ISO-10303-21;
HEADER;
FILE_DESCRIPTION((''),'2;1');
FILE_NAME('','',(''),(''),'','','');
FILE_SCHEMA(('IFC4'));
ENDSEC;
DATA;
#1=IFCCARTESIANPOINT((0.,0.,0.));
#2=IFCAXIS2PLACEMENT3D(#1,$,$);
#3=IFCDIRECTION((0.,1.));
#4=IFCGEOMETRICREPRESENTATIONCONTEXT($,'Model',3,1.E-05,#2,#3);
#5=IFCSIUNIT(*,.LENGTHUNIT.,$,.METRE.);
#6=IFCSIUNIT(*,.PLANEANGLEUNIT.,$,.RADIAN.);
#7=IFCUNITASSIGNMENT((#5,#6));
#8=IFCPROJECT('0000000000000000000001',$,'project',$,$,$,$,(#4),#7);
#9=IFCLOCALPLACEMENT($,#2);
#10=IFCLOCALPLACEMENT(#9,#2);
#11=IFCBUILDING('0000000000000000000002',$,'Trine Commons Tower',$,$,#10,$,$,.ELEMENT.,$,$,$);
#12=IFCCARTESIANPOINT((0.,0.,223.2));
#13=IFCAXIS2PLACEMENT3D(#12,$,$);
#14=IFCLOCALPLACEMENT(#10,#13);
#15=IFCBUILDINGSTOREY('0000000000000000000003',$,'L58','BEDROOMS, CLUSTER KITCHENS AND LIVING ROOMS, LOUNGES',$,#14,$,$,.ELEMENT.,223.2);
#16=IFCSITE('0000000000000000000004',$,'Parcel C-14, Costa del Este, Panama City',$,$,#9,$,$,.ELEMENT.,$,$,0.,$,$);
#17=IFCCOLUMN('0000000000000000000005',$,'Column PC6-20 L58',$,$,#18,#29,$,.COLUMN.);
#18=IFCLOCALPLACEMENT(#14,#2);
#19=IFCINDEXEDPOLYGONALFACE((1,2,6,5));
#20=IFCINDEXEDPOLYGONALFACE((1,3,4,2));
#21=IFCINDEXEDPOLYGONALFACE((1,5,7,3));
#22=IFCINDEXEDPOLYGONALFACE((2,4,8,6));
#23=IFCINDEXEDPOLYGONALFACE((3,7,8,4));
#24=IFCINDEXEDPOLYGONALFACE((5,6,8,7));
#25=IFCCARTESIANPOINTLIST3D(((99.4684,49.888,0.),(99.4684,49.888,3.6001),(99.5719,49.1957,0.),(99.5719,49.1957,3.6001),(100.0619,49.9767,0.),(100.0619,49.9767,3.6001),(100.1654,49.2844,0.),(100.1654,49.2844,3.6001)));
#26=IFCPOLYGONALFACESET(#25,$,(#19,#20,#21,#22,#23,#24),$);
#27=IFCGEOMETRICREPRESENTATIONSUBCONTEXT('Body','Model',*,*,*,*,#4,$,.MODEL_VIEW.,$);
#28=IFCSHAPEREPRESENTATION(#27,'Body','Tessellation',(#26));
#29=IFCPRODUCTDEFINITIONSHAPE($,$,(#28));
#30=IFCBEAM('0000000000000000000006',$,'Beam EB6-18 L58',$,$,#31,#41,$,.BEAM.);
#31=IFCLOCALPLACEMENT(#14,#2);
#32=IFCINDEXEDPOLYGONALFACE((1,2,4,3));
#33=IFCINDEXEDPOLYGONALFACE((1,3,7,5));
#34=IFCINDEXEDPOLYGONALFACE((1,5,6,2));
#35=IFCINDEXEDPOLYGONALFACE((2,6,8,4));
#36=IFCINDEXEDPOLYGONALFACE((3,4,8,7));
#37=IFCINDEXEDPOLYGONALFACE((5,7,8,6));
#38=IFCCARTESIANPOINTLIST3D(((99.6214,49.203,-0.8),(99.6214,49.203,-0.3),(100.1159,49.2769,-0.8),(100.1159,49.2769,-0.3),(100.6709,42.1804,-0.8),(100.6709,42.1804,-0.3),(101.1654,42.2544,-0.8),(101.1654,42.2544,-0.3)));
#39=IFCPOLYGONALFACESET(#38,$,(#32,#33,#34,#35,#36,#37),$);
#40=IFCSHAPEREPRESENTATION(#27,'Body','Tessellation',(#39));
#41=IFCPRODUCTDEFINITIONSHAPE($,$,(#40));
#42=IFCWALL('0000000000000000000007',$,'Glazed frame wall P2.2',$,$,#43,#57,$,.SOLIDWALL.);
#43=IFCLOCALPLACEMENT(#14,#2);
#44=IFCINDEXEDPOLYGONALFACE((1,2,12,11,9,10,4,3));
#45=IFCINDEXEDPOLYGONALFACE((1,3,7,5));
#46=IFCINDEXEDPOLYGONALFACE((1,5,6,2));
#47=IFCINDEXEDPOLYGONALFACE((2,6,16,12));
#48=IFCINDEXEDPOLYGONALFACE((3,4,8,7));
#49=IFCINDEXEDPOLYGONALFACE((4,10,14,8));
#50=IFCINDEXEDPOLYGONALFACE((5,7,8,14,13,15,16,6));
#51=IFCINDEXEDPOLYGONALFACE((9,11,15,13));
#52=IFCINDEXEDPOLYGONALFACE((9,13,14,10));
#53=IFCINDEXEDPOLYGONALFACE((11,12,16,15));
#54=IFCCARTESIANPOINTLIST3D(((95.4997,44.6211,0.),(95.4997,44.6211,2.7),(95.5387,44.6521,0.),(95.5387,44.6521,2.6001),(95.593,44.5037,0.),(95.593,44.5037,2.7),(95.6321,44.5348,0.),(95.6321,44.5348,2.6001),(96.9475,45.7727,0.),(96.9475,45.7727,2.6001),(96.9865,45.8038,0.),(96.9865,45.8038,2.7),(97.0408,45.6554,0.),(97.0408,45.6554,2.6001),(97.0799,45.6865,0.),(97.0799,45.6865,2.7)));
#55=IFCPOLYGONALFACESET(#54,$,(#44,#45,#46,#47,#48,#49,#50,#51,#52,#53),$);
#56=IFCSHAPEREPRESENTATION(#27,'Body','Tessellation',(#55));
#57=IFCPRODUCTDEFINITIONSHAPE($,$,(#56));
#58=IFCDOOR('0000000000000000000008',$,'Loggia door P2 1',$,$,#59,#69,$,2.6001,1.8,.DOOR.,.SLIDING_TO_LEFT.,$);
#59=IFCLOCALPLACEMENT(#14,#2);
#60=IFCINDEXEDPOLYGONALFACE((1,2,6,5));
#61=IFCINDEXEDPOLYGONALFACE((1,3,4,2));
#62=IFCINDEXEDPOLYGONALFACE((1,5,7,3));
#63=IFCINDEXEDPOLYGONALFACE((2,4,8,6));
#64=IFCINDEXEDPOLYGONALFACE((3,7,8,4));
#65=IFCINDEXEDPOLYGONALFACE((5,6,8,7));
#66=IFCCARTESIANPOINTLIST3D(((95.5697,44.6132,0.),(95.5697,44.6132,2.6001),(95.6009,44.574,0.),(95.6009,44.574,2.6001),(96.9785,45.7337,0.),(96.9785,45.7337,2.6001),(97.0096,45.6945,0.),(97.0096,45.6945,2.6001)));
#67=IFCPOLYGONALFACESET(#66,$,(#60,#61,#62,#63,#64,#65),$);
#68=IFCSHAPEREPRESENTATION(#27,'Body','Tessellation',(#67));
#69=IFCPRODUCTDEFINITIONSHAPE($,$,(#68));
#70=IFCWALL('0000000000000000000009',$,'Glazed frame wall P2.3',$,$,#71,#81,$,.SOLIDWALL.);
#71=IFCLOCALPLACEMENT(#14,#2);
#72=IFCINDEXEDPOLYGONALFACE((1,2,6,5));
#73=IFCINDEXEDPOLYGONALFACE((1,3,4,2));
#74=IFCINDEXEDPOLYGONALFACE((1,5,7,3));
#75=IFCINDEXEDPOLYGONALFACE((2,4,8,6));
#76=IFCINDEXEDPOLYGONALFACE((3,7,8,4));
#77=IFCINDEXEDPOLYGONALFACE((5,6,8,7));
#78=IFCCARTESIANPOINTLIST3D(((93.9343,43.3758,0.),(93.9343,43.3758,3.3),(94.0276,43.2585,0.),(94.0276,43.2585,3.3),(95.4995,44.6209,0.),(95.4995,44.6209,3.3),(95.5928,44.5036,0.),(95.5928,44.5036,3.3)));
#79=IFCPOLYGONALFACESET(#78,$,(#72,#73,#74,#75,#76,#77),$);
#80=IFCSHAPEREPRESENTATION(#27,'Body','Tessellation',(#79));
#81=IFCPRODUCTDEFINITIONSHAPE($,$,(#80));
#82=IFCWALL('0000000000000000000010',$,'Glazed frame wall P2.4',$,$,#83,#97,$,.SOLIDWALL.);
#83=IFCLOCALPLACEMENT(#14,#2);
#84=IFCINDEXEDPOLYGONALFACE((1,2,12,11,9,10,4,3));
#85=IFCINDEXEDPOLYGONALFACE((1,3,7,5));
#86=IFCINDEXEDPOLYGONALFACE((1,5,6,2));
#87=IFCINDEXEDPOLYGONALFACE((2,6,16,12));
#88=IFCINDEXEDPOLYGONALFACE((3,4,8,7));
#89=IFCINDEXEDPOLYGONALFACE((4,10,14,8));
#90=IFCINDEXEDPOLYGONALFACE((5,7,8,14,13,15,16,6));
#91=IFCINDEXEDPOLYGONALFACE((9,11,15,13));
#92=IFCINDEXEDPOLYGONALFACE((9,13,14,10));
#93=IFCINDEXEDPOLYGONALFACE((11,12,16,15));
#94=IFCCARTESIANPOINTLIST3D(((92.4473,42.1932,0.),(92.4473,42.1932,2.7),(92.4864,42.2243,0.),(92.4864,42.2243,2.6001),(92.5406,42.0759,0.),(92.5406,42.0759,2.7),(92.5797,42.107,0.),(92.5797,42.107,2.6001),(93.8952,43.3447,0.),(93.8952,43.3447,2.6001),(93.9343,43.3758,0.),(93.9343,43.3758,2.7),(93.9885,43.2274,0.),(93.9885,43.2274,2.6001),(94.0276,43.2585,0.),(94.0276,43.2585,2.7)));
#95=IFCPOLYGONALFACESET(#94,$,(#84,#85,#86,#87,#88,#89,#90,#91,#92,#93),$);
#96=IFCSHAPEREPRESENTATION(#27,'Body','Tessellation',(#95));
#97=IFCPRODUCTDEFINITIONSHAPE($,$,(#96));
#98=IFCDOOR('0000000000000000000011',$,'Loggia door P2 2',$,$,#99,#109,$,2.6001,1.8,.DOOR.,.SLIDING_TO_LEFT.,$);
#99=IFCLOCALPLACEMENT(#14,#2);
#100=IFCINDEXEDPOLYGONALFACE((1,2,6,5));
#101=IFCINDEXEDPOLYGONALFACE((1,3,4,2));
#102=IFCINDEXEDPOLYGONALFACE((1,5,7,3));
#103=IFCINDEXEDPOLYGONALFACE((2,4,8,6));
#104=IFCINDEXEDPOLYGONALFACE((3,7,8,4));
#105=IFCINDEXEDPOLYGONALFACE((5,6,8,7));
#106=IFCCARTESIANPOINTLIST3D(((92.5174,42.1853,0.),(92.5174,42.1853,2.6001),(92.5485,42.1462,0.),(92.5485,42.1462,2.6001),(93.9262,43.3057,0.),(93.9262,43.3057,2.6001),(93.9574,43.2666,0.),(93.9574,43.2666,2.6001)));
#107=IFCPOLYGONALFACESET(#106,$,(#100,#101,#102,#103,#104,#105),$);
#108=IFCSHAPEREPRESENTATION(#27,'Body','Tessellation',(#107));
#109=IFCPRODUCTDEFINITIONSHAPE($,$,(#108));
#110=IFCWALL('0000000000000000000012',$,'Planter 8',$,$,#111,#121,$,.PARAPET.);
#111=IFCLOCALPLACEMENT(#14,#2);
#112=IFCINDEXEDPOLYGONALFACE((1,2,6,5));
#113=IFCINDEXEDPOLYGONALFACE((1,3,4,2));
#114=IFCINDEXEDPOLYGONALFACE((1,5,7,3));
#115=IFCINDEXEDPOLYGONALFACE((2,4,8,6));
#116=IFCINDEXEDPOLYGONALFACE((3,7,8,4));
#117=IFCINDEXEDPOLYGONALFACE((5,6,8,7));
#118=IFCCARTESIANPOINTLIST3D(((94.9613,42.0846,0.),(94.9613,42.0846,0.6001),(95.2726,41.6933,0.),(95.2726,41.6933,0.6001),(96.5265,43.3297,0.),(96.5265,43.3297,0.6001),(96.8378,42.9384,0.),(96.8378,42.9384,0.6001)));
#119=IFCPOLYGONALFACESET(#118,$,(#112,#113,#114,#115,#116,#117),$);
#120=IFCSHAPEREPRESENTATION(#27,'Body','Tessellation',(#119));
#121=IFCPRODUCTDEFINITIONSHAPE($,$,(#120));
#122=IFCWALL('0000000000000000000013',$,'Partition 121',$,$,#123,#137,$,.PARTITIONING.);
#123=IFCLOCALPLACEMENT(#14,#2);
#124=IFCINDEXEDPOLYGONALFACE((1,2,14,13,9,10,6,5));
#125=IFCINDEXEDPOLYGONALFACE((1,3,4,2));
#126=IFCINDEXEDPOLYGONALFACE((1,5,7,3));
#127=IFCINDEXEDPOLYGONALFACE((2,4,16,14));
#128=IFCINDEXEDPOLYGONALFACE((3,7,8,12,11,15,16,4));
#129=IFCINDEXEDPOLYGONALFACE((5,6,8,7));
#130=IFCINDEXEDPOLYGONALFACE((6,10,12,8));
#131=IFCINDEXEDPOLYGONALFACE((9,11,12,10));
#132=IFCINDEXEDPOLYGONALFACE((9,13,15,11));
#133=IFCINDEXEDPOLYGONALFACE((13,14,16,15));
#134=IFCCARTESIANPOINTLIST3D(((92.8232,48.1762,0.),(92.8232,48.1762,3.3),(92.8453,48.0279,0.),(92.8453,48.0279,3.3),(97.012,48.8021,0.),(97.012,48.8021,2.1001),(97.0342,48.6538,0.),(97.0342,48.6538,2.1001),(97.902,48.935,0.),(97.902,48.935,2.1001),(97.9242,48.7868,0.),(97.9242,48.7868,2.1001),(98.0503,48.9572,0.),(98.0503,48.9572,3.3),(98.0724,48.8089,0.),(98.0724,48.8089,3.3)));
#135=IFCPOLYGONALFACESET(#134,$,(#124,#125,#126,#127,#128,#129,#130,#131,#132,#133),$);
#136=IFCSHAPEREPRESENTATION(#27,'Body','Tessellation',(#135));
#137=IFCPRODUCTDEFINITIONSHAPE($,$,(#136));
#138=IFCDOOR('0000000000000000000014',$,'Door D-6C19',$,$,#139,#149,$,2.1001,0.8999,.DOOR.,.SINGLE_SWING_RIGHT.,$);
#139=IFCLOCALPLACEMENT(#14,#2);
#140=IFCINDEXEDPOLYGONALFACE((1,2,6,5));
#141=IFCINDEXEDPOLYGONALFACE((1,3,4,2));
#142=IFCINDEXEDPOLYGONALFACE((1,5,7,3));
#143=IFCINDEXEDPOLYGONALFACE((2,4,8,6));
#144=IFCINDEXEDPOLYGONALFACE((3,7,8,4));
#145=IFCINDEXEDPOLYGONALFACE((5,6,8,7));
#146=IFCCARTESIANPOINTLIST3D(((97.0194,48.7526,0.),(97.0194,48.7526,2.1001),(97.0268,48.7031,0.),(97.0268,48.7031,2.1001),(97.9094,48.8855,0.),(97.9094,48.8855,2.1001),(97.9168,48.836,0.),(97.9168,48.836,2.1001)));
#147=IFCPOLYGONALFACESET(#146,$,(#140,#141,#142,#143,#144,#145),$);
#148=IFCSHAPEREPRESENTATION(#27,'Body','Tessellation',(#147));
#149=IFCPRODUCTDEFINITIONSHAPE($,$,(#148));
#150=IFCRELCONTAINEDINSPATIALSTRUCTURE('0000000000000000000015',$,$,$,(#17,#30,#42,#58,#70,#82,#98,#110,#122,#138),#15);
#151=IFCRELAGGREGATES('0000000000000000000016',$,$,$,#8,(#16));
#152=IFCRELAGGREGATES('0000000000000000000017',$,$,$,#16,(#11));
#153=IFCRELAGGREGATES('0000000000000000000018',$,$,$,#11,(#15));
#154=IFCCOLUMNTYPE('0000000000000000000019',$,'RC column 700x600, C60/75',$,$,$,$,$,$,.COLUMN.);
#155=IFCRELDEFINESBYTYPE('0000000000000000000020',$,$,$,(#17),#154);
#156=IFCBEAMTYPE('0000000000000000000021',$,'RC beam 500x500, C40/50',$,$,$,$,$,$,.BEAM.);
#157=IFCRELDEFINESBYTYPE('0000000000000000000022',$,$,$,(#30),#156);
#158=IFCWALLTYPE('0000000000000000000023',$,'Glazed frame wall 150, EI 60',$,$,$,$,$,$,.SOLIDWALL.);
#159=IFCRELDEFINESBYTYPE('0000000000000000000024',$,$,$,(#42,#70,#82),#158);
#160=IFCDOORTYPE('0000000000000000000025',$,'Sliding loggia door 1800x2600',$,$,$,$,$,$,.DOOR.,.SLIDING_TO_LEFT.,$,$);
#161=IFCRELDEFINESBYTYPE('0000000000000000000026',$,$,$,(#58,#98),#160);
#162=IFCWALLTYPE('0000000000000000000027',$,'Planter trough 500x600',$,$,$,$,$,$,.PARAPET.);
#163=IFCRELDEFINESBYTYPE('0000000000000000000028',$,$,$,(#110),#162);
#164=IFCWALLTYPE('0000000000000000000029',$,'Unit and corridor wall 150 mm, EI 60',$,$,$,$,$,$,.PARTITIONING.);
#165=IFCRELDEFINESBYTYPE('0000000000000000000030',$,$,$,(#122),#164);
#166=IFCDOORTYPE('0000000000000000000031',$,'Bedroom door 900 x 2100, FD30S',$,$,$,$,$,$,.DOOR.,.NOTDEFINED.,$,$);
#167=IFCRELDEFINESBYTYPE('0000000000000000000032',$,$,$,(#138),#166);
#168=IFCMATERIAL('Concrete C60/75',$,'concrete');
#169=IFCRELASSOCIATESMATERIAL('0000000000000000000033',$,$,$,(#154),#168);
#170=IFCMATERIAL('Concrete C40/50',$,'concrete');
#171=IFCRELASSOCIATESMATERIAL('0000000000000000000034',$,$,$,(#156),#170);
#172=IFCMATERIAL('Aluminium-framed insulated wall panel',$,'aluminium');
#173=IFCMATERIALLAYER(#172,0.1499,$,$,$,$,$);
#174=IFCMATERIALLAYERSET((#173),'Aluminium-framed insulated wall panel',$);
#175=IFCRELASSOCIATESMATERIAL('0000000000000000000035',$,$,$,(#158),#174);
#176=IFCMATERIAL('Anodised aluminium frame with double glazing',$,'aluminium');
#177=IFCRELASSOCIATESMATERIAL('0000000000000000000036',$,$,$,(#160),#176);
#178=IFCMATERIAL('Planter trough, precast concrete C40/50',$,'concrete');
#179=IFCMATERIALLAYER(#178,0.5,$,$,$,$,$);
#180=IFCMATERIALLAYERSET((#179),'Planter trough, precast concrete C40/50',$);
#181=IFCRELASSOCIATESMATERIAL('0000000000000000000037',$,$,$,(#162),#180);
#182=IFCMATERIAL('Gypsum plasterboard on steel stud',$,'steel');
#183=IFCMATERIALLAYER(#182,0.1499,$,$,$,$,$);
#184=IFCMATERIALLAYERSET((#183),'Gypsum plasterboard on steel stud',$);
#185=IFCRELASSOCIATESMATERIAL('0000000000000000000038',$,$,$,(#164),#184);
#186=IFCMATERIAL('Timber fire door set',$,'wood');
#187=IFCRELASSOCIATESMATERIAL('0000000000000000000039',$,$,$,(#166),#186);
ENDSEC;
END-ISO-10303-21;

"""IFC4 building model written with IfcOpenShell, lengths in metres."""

from ifc_helpers import new_model, si_unit, direction, frame, frame_2d, origin, origin_2d, place, context, subcontext, project, spatial, polyline, rectangle, outline, extrude, material, layer, layer_set, material_profile, profile_set, type_object, element, fill, save


model = new_model("IFC4")

# Units and contexts
model_context = context("Model", 3, precision=1e-05, world=origin(), true_north=direction((0.0, 1.0)))
body_context = subcontext(model_context, "Body", "Model", "MODEL_VIEW")
ifc_project = project(units=[si_unit("LENGTHUNIT", "METRE"), si_unit("PLANEANGLEUNIT", "RADIAN")], contexts=[model_context])

# Site, building, storey
site_placement = place(None, origin())
site = spatial("IfcSite", under=ifc_project, at=site_placement, Name="Parcel C-14, Costa del Este, Panama City", CompositionType="ELEMENT", RefElevation=0.0)
building_placement = place(site_placement, origin())
building = spatial("IfcBuilding", under=site, at=building_placement, Name="Trine Commons Tower", CompositionType="ELEMENT")
storey_placement = place(building_placement, frame((0.0, 0.0, 223.2)))
storey = spatial("IfcBuildingStorey", under=building, at=storey_placement, Name="L58", Description="BEDROOMS, CLUSTER KITCHENS AND LIVING ROOMS, LOUNGES", CompositionType="ELEMENT", Elevation=223.2)

# Column
ifc_material_1 = material(Name="Concrete C60/75", Category="concrete")
ifc_material_profile_1 = material_profile(ifc_material_1, rectangle(XDim=0.7, YDim=0.6001, at=origin_2d()), Name="RC 700x600")
ifc_profile_set_1 = profile_set([ifc_material_profile_1], Name="Concrete C60/75")
column_type = type_object("IfcColumnType", Name="RC column 700x600, C60/75", PredefinedType="COLUMN", material=ifc_profile_set_1)
column_placement = place(storey_placement, frame((99.8169, 49.5862, 0.0), z_axis=(0.0, 0.0, 1.0), x_axis=(-0.147809, 0.989016, 0.0)))
element("IfcColumn", 1, at=column_placement, inside=storey, type_object=column_type, Name="Column PC6-20 L58", PredefinedType="COLUMN", context=body_context, shape_type="SweptSolid", body=[
    extrude(rectangle(XDim=0.7, YDim=0.6001, at=origin_2d()), origin(), (0.0, 0.0, 1.0), 3.6001),
])

# Beam
ifc_material_2 = material(Name="Concrete C40/50", Category="concrete")
ifc_material_profile_2 = material_profile(ifc_material_2, rectangle(XDim=0.5, YDim=0.5, at=origin_2d()), Name="RC 500x500")
ifc_profile_set_2 = profile_set([ifc_material_profile_2], Name="Concrete C40/50")
beam_type = type_object("IfcBeamType", Name="RC beam 500x500, C40/50", PredefinedType="BEAM", material=ifc_profile_set_2)
beam_placement = place(storey_placement, frame((99.8687, 49.24, -0.55), z_axis=(0.147811, -0.989016, 0.0), x_axis=(0.989016, 0.147811, 0.0)))
element("IfcBeam", 2, at=beam_placement, inside=storey, type_object=beam_type, Name="Beam EB6-18 L58", PredefinedType="BEAM", context=body_context, shape_type="SweptSolid", body=[
    extrude(rectangle(XDim=0.5, YDim=0.5, at=origin_2d()), origin(), (0.0, 0.0, 1.0), 7.1006),
])

# Shared definitions
ifc_material_3 = material(Name="Aluminium-framed insulated wall panel", Category="aluminium")
ifc_layer_1 = layer(ifc_material_3, 0.1499)
ifc_layer_set_1 = layer_set([ifc_layer_1], Name="Aluminium-framed insulated wall panel")
wall_type_1 = type_object("IfcWallType", Name="Glazed frame wall 150, EI 60", PredefinedType="SOLIDWALL", material=ifc_layer_set_1)

# Wall, opening, door
wall_1_placement = place(storey_placement, frame((97.0332, 45.7451, 0.0), z_axis=(0.0, 0.0, 1.0), x_axis=(-0.782608, -0.622515, 0.0)))
wall_1 = element("IfcWall", 3, at=wall_1_placement, inside=storey, type_object=wall_type_1, Name="Glazed frame wall P2.2", PredefinedType="SOLIDWALL", context=body_context, shape_type="SweptSolid", body=[
    extrude(outline(polyline([(0.0, -0.075), (1.8999, -0.075), (1.8999, 0.075), (0.0, 0.075), (0.0, -0.075)])), origin(), (0.0, 0.0, 1.0), 2.7),
])
opening_1_placement = place(wall_1_placement, frame((0.05, 0.0, 0.0)))
opening_1 = element("IfcOpeningElement", 4, at=opening_1_placement, cuts=wall_1, PredefinedType="OPENING", context=body_context, shape_type="SweptSolid", body=[
    extrude(rectangle(XDim=1.8, YDim=2.6001, at=frame_2d((0.8999, 1.3))), frame((0.0, 0.085, 0.0), z_axis=(0.0, -1.0, 0.0), x_axis=(1.0, 0.0, 0.0)), (0.0, 0.0, 1.0), 0.1699),
])
ifc_material_4 = material(Name="Anodised aluminium frame with double glazing", Category="aluminium")
door_type_1 = type_object("IfcDoorType", Name="Sliding loggia door 1800x2600", OperationType="SLIDING_TO_LEFT", PredefinedType="DOOR", material=ifc_material_4)
door_1_placement = place(opening_1_placement, origin())
door_1 = element("IfcDoor", 5, at=door_1_placement, inside=storey, type_object=door_type_1, Name="Loggia door P2 1", OperationType="SLIDING_TO_LEFT", OverallHeight=2.6001, OverallWidth=1.8, PredefinedType="DOOR", context=body_context, shape_type="SweptSolid", body=[
    extrude(rectangle(XDim=1.8, YDim=2.6001, at=frame_2d((0.8999, 1.3))), frame((0.0, 0.0249, 0.0), z_axis=(0.0, -1.0, 0.0), x_axis=(1.0, 0.0, 0.0)), (0.0, 0.0, 1.0), 0.05),
])
fill(opening_1, door_1)

# Wall
wall_2_placement = place(storey_placement, frame((95.5461, 44.5623, 0.0), z_axis=(0.0, 0.0, 1.0), x_axis=(-0.782581, -0.622549, 0.0)))
element("IfcWall", 6, at=wall_2_placement, inside=storey, type_object=wall_type_1, Name="Glazed frame wall P2.3", PredefinedType="SOLIDWALL", context=body_context, shape_type="SweptSolid", body=[
    extrude(outline(polyline([(0.0, -0.075), (2.0, -0.075), (2.0, 0.075), (0.0, 0.075), (0.0, -0.075)])), origin(), (0.0, 0.0, 1.0), 3.3),
])

# Wall, opening, door
wall_3_placement = place(storey_placement, frame((93.981, 43.3171, 0.0), z_axis=(0.0, 0.0, 1.0), x_axis=(-0.782671, -0.622436, 0.0)))
wall_3 = element("IfcWall", 7, at=wall_3_placement, inside=storey, type_object=wall_type_1, Name="Glazed frame wall P2.4", PredefinedType="SOLIDWALL", context=body_context, shape_type="SweptSolid", body=[
    extrude(outline(polyline([(0.0, -0.075), (1.8999, -0.075), (1.8999, 0.075), (0.0, 0.075), (0.0, -0.075)])), origin(), (0.0, 0.0, 1.0), 2.7),
])
opening_2_placement = place(wall_3_placement, frame((0.05, 0.0, 0.0)))
opening_2 = element("IfcOpeningElement", 8, at=opening_2_placement, cuts=wall_3, PredefinedType="OPENING", context=body_context, shape_type="SweptSolid", body=[
    extrude(rectangle(XDim=1.8, YDim=2.6001, at=frame_2d((0.8999, 1.3))), frame((0.0, 0.085, 0.0), z_axis=(0.0, -1.0, 0.0), x_axis=(1.0, 0.0, 0.0)), (0.0, 0.0, 1.0), 0.1699),
])
door_2_placement = place(opening_2_placement, origin())
door_2 = element("IfcDoor", 9, at=door_2_placement, inside=storey, type_object=door_type_1, Name="Loggia door P2 2", OperationType="SLIDING_TO_LEFT", OverallHeight=2.6001, OverallWidth=1.8, PredefinedType="DOOR", context=body_context, shape_type="SweptSolid", body=[
    extrude(rectangle(XDim=1.8, YDim=2.6001, at=frame_2d((0.8999, 1.3))), frame((0.0, 0.0249, 0.0), z_axis=(0.0, -1.0, 0.0), x_axis=(1.0, 0.0, 0.0)), (0.0, 0.0, 1.0), 0.05),
])
fill(opening_2, door_2)

# Wall
ifc_material_5 = material(Name="Planter trough, precast concrete C40/50", Category="concrete")
ifc_layer_2 = layer(ifc_material_5, 0.5)
ifc_layer_set_2 = layer_set([ifc_layer_2], Name="Planter trough, precast concrete C40/50")
wall_type_2 = type_object("IfcWallType", Name="Planter trough 500x600", PredefinedType="PARAPET", material=ifc_layer_set_2)
wall_4_placement = place(storey_placement, frame((96.6821, 43.134, 0.0), z_axis=(0.0, 0.0, 1.0), x_axis=(-0.782581, -0.622549, 0.0)))
element("IfcWall", 10, at=wall_4_placement, inside=storey, type_object=wall_type_2, Name="Planter 8", PredefinedType="PARAPET", context=body_context, shape_type="SweptSolid", body=[
    extrude(rectangle(XDim=2.0, YDim=0.5, at=frame_2d((1.0, 0.0))), origin(), (0.0, 0.0, 1.0), 0.6001),
])

# Wall, opening, door
ifc_material_6 = material(Name="Gypsum plasterboard on steel stud", Category="steel")
ifc_layer_3 = layer(ifc_material_6, 0.1499)
ifc_layer_set_3 = layer_set([ifc_layer_3], Name="Gypsum plasterboard on steel stud")
wall_type_3 = type_object("IfcWallType", Name="Unit and corridor wall 150 mm, EI 60", PredefinedType="PARTITIONING", material=ifc_layer_set_3)
wall_5_placement = place(storey_placement, frame((92.8342, 48.1021, 0.0), z_axis=(0.0, 0.0, 1.0), x_axis=(0.989021, 0.147776, 0.0)))
wall_5 = element("IfcWall", 11, at=wall_5_placement, inside=storey, type_object=wall_type_3, Name="Partition 121", PredefinedType="PARTITIONING", context=body_context, shape_type="SweptSolid", body=[
    extrude(rectangle(XDim=5.2852, YDim=0.1499, at=frame_2d((2.6426, 0.0))), origin(), (0.0, 0.0, 1.0), 3.3),
])
opening_3_placement = place(wall_5_placement, frame((4.2354, 0.0, 0.0)))
opening_3 = element("IfcOpeningElement", 12, at=opening_3_placement, cuts=wall_5, PredefinedType="OPENING", context=body_context, shape_type="SweptSolid", body=[
    extrude(rectangle(XDim=0.8999, YDim=2.1001, at=frame_2d((0.45, 1.05))), frame((0.0, 0.085, 0.0), z_axis=(0.0, -1.0, 0.0), x_axis=(1.0, 0.0, 0.0)), (0.0, 0.0, 1.0), 0.1699),
])
ifc_material_7 = material(Name="Timber fire door set", Category="wood")
door_type_2 = type_object("IfcDoorType", Name="Bedroom door 900 x 2100, FD30S", OperationType="NOTDEFINED", PredefinedType="DOOR", material=ifc_material_7)
door_3_placement = place(opening_3_placement, origin())
door_3 = element("IfcDoor", 13, at=door_3_placement, inside=storey, type_object=door_type_2, Name="Door D-6C19", OperationType="SINGLE_SWING_RIGHT", OverallHeight=2.1001, OverallWidth=0.8999, PredefinedType="DOOR", context=body_context, shape_type="SweptSolid", body=[
    extrude(rectangle(XDim=0.8999, YDim=2.1001, at=frame_2d((0.45, 1.05))), frame((0.0, 0.0249, 0.0), z_axis=(0.0, -1.0, 0.0), x_axis=(1.0, 0.0, 0.0)), (0.0, 0.0, 1.0), 0.05),
])
fill(opening_3, door_3)

save(model, "model.ifc")
